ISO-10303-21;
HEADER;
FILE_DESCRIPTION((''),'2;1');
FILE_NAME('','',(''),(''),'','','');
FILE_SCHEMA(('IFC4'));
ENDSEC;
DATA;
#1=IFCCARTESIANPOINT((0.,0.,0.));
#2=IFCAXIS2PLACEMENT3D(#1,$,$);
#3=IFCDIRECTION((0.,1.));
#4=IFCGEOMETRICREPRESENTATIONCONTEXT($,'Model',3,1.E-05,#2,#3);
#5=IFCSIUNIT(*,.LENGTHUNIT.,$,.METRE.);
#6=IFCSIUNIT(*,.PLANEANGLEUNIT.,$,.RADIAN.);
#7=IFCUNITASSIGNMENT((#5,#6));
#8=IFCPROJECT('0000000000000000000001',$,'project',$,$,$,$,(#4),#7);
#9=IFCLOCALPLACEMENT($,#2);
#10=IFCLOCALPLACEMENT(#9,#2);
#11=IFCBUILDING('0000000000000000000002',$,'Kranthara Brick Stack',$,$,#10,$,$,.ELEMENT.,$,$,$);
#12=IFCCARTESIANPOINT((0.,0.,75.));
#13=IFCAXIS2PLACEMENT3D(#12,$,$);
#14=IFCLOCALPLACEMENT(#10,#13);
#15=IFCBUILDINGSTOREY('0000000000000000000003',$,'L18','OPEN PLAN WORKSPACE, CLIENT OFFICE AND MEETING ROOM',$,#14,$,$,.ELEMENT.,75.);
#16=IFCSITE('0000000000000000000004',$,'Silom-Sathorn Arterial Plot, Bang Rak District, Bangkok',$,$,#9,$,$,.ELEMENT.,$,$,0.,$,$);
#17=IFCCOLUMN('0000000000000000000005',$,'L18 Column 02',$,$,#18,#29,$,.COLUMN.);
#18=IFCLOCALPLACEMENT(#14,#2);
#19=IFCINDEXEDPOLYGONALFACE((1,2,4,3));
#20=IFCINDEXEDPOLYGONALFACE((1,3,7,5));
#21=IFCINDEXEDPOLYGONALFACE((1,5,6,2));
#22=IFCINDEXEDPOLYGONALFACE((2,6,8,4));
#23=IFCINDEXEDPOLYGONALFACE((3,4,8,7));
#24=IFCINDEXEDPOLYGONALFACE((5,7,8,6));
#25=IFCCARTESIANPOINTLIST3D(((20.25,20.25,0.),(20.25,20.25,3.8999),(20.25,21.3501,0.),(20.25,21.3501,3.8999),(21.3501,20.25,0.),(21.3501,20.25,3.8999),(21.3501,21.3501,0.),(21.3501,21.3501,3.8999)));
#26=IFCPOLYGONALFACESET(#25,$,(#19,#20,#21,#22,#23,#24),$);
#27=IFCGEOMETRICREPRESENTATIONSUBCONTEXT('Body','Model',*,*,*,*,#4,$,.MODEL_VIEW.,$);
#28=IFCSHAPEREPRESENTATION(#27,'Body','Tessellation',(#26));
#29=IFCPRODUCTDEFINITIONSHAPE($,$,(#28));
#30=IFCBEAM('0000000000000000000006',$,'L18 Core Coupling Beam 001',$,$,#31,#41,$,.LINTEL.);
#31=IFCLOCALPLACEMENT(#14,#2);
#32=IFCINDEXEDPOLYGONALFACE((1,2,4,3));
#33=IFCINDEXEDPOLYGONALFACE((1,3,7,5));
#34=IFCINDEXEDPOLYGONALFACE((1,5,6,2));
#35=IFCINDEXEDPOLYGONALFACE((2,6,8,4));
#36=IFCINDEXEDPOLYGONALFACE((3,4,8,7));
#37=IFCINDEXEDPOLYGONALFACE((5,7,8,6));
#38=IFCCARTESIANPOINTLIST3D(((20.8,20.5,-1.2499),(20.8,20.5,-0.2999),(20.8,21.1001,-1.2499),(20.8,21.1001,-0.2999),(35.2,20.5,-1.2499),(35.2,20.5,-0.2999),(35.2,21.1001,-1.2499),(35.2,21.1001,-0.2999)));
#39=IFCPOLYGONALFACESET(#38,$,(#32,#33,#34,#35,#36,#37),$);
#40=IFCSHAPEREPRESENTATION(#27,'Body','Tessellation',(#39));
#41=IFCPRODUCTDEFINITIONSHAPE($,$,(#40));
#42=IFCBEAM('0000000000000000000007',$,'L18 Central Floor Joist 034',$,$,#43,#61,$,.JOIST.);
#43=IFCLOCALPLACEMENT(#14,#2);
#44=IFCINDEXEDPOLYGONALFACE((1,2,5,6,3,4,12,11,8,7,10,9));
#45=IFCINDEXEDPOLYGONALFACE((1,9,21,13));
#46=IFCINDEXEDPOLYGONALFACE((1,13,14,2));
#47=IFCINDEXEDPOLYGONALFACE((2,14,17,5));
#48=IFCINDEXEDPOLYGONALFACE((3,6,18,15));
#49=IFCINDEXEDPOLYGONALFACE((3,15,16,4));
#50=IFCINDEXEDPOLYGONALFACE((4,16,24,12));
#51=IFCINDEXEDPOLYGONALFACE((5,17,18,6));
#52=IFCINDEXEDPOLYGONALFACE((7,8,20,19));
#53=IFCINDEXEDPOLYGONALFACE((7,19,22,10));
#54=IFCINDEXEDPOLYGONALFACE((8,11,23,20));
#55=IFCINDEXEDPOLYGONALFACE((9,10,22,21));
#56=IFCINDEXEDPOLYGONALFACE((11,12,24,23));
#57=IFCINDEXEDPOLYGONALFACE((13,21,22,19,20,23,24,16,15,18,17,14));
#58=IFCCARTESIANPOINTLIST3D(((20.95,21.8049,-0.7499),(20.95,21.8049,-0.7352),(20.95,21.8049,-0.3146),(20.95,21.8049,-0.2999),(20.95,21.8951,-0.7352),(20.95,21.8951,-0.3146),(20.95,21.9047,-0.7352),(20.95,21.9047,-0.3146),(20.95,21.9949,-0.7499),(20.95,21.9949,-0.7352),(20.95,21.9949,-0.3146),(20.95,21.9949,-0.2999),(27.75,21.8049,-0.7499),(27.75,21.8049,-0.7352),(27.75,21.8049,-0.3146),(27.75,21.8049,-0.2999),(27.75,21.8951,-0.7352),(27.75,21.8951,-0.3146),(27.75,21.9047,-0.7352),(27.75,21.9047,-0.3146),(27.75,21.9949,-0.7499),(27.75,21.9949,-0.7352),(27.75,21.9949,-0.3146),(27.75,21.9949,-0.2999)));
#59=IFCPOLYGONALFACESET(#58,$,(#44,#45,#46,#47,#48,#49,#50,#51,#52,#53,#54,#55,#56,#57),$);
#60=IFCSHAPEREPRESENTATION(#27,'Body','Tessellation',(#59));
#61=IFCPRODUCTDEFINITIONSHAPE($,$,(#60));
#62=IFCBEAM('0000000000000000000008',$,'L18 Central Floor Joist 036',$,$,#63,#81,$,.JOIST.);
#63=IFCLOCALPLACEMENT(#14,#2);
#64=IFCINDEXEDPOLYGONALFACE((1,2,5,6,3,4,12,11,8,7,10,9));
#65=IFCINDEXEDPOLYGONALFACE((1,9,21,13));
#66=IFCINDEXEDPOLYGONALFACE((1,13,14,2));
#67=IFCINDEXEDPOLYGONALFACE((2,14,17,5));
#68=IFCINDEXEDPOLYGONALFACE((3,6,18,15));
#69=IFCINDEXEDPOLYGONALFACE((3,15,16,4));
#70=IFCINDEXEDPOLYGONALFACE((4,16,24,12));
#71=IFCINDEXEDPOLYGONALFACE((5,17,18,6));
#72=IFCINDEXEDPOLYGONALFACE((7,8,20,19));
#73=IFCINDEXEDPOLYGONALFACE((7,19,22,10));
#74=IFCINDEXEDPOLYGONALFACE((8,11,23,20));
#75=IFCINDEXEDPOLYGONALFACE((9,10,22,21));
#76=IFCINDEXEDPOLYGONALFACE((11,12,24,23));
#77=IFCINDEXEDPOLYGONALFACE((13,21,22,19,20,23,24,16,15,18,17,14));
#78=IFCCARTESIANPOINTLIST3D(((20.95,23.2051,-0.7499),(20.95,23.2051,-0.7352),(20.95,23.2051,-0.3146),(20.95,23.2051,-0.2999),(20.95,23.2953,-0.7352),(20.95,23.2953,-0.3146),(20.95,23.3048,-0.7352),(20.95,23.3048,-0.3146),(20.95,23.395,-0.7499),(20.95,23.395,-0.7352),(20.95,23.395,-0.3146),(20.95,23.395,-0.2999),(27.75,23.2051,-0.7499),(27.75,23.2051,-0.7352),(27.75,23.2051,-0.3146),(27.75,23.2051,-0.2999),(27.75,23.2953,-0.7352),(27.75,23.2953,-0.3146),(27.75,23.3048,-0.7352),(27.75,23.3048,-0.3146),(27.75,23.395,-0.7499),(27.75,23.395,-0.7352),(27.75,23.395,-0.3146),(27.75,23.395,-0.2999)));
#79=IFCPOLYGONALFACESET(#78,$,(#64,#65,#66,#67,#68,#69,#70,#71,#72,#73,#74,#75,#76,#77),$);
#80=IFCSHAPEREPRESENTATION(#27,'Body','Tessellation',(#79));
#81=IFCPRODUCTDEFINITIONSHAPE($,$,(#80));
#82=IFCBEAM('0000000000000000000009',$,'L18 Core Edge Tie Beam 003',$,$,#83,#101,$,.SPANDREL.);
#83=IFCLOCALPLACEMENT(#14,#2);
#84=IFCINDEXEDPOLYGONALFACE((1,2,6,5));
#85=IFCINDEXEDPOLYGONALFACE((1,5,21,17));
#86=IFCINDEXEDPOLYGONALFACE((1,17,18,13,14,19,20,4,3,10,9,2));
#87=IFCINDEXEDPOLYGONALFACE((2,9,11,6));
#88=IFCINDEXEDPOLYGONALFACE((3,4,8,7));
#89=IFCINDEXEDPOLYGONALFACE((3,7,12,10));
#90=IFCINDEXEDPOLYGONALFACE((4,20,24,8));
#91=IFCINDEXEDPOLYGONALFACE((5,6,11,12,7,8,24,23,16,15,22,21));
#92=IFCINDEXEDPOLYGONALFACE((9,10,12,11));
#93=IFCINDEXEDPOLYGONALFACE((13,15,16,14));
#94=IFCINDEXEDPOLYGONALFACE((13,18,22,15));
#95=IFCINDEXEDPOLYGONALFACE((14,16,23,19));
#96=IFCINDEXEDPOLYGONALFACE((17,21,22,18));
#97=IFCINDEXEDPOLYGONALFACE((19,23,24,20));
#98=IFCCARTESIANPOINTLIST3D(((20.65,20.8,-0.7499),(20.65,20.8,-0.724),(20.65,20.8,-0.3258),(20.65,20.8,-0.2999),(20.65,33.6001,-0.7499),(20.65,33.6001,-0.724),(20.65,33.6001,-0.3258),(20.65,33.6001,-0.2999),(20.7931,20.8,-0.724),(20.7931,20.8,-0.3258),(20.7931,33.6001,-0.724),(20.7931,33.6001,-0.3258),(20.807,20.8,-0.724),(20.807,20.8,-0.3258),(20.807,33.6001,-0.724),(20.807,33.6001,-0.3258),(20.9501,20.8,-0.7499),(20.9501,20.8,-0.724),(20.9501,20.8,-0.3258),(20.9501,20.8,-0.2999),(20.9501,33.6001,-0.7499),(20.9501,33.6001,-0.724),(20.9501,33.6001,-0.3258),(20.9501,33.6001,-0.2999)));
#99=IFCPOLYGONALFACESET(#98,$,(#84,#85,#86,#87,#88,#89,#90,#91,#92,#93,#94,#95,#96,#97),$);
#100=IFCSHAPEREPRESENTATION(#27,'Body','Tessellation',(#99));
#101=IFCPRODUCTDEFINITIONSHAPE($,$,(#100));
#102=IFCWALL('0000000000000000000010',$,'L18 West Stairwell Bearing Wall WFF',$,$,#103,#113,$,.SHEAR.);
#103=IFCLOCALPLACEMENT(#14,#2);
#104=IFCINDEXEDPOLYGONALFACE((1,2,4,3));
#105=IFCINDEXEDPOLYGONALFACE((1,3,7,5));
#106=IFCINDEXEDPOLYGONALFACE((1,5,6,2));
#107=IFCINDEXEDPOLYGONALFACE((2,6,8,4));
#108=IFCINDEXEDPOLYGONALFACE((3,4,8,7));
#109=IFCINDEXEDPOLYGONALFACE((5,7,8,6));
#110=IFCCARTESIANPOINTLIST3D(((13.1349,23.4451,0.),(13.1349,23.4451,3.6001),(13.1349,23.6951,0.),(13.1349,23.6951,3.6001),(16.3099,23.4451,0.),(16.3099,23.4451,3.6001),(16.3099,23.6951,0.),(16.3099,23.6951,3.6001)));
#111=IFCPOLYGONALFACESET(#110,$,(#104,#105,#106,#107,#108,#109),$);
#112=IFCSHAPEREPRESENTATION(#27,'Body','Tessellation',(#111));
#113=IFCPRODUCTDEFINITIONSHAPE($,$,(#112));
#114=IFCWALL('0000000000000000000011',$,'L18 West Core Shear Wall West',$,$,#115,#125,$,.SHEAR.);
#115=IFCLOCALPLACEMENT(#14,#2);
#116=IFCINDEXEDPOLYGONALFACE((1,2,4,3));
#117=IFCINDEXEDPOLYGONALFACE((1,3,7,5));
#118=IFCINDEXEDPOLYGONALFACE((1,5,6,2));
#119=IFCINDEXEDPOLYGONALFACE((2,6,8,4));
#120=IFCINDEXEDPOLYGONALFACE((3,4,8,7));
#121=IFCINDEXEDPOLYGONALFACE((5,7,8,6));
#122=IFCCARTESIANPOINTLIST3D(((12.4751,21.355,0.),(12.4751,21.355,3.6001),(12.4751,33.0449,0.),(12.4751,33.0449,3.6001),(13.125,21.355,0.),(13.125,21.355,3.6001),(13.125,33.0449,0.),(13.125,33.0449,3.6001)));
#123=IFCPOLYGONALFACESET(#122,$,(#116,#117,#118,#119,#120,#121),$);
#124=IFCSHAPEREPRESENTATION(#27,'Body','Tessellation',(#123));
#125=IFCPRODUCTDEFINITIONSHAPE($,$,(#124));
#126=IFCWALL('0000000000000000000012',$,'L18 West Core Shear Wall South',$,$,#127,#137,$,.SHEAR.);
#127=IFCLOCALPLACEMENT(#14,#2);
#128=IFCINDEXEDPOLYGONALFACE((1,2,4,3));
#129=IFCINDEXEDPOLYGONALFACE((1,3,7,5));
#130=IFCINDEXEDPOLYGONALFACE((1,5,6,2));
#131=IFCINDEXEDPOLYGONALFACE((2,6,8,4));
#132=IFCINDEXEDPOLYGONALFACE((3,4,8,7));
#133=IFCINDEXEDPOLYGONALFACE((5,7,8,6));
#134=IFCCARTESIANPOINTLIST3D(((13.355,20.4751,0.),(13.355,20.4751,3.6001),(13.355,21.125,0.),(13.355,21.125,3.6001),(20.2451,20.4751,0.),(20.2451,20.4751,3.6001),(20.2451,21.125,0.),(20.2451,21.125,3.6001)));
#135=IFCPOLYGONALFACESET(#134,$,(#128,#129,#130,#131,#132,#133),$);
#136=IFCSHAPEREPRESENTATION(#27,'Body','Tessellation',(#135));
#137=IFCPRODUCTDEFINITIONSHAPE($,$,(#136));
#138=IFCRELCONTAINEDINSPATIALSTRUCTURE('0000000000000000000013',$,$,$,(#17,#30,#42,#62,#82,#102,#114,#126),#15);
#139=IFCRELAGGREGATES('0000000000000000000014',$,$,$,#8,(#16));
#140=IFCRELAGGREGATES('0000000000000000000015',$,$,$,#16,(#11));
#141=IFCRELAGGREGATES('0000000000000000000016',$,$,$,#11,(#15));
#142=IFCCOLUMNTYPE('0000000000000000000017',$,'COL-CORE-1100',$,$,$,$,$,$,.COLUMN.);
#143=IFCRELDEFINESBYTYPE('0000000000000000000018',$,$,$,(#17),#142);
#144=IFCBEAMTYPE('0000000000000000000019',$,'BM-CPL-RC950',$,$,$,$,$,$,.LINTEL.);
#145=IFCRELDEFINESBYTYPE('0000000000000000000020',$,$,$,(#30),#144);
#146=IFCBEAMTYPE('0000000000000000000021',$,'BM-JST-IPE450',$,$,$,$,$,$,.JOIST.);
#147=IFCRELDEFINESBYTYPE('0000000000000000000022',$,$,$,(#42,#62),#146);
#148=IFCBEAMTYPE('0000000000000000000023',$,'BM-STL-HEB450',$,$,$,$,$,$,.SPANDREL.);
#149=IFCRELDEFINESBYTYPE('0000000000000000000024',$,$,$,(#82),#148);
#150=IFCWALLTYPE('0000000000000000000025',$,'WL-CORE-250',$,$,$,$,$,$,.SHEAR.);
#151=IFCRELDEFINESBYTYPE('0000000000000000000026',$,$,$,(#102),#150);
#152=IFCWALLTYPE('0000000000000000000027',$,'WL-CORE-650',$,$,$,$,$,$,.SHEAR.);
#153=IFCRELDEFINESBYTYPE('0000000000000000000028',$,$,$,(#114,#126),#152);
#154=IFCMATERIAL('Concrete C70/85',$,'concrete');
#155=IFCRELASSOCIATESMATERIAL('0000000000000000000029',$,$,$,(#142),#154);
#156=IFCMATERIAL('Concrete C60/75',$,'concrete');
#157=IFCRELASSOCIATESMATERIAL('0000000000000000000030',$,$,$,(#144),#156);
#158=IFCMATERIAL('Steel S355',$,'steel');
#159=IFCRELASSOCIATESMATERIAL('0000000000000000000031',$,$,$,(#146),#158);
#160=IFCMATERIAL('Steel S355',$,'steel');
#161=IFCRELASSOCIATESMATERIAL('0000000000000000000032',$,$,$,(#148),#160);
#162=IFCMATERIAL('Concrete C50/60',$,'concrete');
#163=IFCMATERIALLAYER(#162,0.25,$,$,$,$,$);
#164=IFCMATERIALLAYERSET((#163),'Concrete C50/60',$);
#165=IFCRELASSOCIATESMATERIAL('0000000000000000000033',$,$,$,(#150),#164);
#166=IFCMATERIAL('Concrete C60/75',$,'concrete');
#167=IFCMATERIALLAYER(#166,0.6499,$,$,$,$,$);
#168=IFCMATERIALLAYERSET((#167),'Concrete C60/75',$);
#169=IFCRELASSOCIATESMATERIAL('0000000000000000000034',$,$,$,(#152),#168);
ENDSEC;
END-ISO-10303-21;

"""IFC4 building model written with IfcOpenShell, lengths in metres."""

from ifc_helpers import new_model, si_unit, direction, frame, frame_2d, origin, origin_2d, place, context, subcontext, project, spatial, rectangle, i_section, extrude, material, layer, layer_set, material_profile, profile_set, type_object, element, save


model = new_model("IFC4")

# Units and contexts
model_context = context("Model", 3, precision=1e-05, world=origin(), true_north=direction((0.0, 1.0)))
body_context = subcontext(model_context, "Body", "Model", "MODEL_VIEW")
ifc_project = project(units=[si_unit("LENGTHUNIT", "METRE"), si_unit("PLANEANGLEUNIT", "RADIAN")], contexts=[model_context])

# Site, building, storey
site_placement = place(None, origin())
site = spatial("IfcSite", under=ifc_project, at=site_placement, Name="Silom-Sathorn Arterial Plot, Bang Rak District, Bangkok", CompositionType="ELEMENT", RefElevation=0.0)
building_placement = place(site_placement, origin())
building = spatial("IfcBuilding", under=site, at=building_placement, Name="Kranthara Brick Stack", CompositionType="ELEMENT")
storey_placement = place(building_placement, frame((0.0, 0.0, 75.0)))
storey = spatial("IfcBuildingStorey", under=building, at=storey_placement, Name="L18", Description="OPEN PLAN WORKSPACE, CLIENT OFFICE AND MEETING ROOM", CompositionType="ELEMENT", Elevation=75.0)

# Column
ifc_material_1 = material(Name="Concrete C70/85", Category="concrete")
ifc_material_profile_1 = material_profile(ifc_material_1, rectangle(XDim=1.1001, YDim=1.1001, at=origin_2d()), Name="RC 1100x1100")
ifc_profile_set_1 = profile_set([ifc_material_profile_1], Name="Concrete C70/85")
column_type = type_object("IfcColumnType", Name="COL-CORE-1100", PredefinedType="COLUMN", material=ifc_profile_set_1)
column_placement = place(storey_placement, frame((20.8, 20.8, 0.0), z_axis=(0.0, 0.0, 1.0), x_axis=(1.0, 0.0, 0.0)))
element("IfcColumn", 1, at=column_placement, inside=storey, type_object=column_type, Name="L18 Column 02", PredefinedType="COLUMN", context=body_context, shape_type="SweptSolid", body=[
    extrude(rectangle(XDim=1.1001, YDim=1.1001, at=origin_2d()), origin(), (0.0, 0.0, 1.0), 3.8999),
])

# Beams
ifc_material_2 = material(Name="Concrete C60/75", Category="concrete")
ifc_material_profile_2 = material_profile(ifc_material_2, rectangle(XDim=0.6001, YDim=0.95, at=origin_2d()), Name="RC 600x950")
ifc_profile_set_2 = profile_set([ifc_material_profile_2], Name="Concrete C60/75")
beam_type_1 = type_object("IfcBeamType", Name="BM-CPL-RC950", PredefinedType="LINTEL", material=ifc_profile_set_2)
beam_1_placement = place(storey_placement, frame((20.8, 20.8, -0.7749), z_axis=(1.0, 0.0, 0.0), x_axis=(0.0, 1.0, 0.0)))
element("IfcBeam", 2, at=beam_1_placement, inside=storey, type_object=beam_type_1, Name="L18 Core Coupling Beam 001", PredefinedType="LINTEL", context=body_context, shape_type="SweptSolid", body=[
    extrude(rectangle(XDim=0.6001, YDim=0.95, at=origin_2d()), origin(), (0.0, 0.0, 1.0), 14.3999),
])
ifc_material_3 = material(Name="Steel S355", Category="steel")
ifc_material_profile_3 = material_profile(ifc_material_3, i_section(OverallWidth=0.1899, OverallDepth=0.45, WebThickness=0.0095, FlangeThickness=0.0146, at=origin_2d()), Name="IPE 450")
ifc_profile_set_3 = profile_set([ifc_material_profile_3], Name="Steel S355")
beam_type_2 = type_object("IfcBeamType", Name="BM-JST-IPE450", PredefinedType="JOIST", material=ifc_profile_set_3)
for number, where, z_axis, x_axis, name in (
    (3, (20.95, 21.8999, -0.5249), (1.0, 0.0, 0.0), (0.0, 1.0, 0.0), "L18 Central Floor Joist 034"),
    (4, (20.95, 23.3, -0.5249), (1.0, 0.0, 0.0), (0.0, 1.0, 0.0), "L18 Central Floor Joist 036"),
):
    element("IfcBeam", number, at=place(storey_placement, frame(where, z_axis=z_axis, x_axis=x_axis)), inside=storey, type_object=beam_type_2, Name=name, PredefinedType="JOIST", context=body_context, shape_type="SweptSolid", body=[
        extrude(i_section(OverallWidth=0.1899, OverallDepth=0.45, WebThickness=0.0095, FlangeThickness=0.0146, at=origin_2d()), origin(), (0.0, 0.0, 1.0), 6.8),
    ])
ifc_material_4 = material(Name="Steel S355", Category="steel")
ifc_material_profile_4 = material_profile(ifc_material_4, i_section(OverallWidth=0.3, OverallDepth=0.45, WebThickness=0.0139, FlangeThickness=0.0259, at=origin_2d()), Name="HEB 450")
ifc_profile_set_4 = profile_set([ifc_material_profile_4], Name="Steel S355")
beam_type_3 = type_object("IfcBeamType", Name="BM-STL-HEB450", PredefinedType="SPANDREL", material=ifc_profile_set_4)
beam_2_placement = place(storey_placement, frame((20.8, 20.8, -0.5249), z_axis=(0.0, 1.0, 0.0), x_axis=(-1.0, 0.0, 0.0)))
element("IfcBeam", 5, at=beam_2_placement, inside=storey, type_object=beam_type_3, Name="L18 Core Edge Tie Beam 003", PredefinedType="SPANDREL", context=body_context, shape_type="SweptSolid", body=[
    extrude(i_section(OverallWidth=0.3, OverallDepth=0.45, WebThickness=0.0139, FlangeThickness=0.0259, at=origin_2d()), origin(), (0.0, 0.0, 1.0), 12.8),
])

# Shared definitions
ifc_material_5 = material(Name="Concrete C50/60", Category="concrete")
ifc_layer_1 = layer(ifc_material_5, 0.25)
ifc_layer_set_1 = layer_set([ifc_layer_1], Name="Concrete C50/60")
wall_type_1 = type_object("IfcWallType", Name="WL-CORE-250", PredefinedType="SHEAR", material=ifc_layer_set_1)

# Walls
wall_1_placement = place(storey_placement, frame((13.135, 23.5701, 0.0), z_axis=(0.0, 0.0, 1.0), x_axis=(1.0, 0.0, 0.0)))
element("IfcWall", 6, at=wall_1_placement, inside=storey, type_object=wall_type_1, Name="L18 West Stairwell Bearing Wall WFF", PredefinedType="SHEAR", context=body_context, shape_type="SweptSolid", body=[
    extrude(rectangle(XDim=3.175, YDim=0.25, at=frame_2d((1.5874, 0.0))), origin(), (0.0, 0.0, 1.0), 3.6001),
])
ifc_material_6 = material(Name="Concrete C60/75", Category="concrete")
ifc_layer_2 = layer(ifc_material_6, 0.6499)
ifc_layer_set_2 = layer_set([ifc_layer_2], Name="Concrete C60/75")
wall_type_2 = type_object("IfcWallType", Name="WL-CORE-650", PredefinedType="SHEAR", material=ifc_layer_set_2)
wall_2_placement = place(storey_placement, frame((12.8, 21.355, 0.0), z_axis=(0.0, 0.0, 1.0), x_axis=(0.0, 1.0, 0.0)))
element("IfcWall", 7, at=wall_2_placement, inside=storey, type_object=wall_type_2, Name="L18 West Core Shear Wall West", PredefinedType="SHEAR", context=body_context, shape_type="SweptSolid", body=[
    extrude(rectangle(XDim=11.6899, YDim=0.6499, at=frame_2d((5.845, 0.0))), origin(), (0.0, 0.0, 1.0), 3.6001),
])
wall_3_placement = place(storey_placement, frame((13.355, 20.8, 0.0), z_axis=(0.0, 0.0, 1.0), x_axis=(1.0, 0.0, 0.0)))
element("IfcWall", 8, at=wall_3_placement, inside=storey, type_object=wall_type_2, Name="L18 West Core Shear Wall South", PredefinedType="SHEAR", context=body_context, shape_type="SweptSolid", body=[
    extrude(rectangle(XDim=6.8901, YDim=0.6499, at=frame_2d((3.4451, 0.0))), origin(), (0.0, 0.0, 1.0), 3.6001),
])

save(model, "model.ifc")
